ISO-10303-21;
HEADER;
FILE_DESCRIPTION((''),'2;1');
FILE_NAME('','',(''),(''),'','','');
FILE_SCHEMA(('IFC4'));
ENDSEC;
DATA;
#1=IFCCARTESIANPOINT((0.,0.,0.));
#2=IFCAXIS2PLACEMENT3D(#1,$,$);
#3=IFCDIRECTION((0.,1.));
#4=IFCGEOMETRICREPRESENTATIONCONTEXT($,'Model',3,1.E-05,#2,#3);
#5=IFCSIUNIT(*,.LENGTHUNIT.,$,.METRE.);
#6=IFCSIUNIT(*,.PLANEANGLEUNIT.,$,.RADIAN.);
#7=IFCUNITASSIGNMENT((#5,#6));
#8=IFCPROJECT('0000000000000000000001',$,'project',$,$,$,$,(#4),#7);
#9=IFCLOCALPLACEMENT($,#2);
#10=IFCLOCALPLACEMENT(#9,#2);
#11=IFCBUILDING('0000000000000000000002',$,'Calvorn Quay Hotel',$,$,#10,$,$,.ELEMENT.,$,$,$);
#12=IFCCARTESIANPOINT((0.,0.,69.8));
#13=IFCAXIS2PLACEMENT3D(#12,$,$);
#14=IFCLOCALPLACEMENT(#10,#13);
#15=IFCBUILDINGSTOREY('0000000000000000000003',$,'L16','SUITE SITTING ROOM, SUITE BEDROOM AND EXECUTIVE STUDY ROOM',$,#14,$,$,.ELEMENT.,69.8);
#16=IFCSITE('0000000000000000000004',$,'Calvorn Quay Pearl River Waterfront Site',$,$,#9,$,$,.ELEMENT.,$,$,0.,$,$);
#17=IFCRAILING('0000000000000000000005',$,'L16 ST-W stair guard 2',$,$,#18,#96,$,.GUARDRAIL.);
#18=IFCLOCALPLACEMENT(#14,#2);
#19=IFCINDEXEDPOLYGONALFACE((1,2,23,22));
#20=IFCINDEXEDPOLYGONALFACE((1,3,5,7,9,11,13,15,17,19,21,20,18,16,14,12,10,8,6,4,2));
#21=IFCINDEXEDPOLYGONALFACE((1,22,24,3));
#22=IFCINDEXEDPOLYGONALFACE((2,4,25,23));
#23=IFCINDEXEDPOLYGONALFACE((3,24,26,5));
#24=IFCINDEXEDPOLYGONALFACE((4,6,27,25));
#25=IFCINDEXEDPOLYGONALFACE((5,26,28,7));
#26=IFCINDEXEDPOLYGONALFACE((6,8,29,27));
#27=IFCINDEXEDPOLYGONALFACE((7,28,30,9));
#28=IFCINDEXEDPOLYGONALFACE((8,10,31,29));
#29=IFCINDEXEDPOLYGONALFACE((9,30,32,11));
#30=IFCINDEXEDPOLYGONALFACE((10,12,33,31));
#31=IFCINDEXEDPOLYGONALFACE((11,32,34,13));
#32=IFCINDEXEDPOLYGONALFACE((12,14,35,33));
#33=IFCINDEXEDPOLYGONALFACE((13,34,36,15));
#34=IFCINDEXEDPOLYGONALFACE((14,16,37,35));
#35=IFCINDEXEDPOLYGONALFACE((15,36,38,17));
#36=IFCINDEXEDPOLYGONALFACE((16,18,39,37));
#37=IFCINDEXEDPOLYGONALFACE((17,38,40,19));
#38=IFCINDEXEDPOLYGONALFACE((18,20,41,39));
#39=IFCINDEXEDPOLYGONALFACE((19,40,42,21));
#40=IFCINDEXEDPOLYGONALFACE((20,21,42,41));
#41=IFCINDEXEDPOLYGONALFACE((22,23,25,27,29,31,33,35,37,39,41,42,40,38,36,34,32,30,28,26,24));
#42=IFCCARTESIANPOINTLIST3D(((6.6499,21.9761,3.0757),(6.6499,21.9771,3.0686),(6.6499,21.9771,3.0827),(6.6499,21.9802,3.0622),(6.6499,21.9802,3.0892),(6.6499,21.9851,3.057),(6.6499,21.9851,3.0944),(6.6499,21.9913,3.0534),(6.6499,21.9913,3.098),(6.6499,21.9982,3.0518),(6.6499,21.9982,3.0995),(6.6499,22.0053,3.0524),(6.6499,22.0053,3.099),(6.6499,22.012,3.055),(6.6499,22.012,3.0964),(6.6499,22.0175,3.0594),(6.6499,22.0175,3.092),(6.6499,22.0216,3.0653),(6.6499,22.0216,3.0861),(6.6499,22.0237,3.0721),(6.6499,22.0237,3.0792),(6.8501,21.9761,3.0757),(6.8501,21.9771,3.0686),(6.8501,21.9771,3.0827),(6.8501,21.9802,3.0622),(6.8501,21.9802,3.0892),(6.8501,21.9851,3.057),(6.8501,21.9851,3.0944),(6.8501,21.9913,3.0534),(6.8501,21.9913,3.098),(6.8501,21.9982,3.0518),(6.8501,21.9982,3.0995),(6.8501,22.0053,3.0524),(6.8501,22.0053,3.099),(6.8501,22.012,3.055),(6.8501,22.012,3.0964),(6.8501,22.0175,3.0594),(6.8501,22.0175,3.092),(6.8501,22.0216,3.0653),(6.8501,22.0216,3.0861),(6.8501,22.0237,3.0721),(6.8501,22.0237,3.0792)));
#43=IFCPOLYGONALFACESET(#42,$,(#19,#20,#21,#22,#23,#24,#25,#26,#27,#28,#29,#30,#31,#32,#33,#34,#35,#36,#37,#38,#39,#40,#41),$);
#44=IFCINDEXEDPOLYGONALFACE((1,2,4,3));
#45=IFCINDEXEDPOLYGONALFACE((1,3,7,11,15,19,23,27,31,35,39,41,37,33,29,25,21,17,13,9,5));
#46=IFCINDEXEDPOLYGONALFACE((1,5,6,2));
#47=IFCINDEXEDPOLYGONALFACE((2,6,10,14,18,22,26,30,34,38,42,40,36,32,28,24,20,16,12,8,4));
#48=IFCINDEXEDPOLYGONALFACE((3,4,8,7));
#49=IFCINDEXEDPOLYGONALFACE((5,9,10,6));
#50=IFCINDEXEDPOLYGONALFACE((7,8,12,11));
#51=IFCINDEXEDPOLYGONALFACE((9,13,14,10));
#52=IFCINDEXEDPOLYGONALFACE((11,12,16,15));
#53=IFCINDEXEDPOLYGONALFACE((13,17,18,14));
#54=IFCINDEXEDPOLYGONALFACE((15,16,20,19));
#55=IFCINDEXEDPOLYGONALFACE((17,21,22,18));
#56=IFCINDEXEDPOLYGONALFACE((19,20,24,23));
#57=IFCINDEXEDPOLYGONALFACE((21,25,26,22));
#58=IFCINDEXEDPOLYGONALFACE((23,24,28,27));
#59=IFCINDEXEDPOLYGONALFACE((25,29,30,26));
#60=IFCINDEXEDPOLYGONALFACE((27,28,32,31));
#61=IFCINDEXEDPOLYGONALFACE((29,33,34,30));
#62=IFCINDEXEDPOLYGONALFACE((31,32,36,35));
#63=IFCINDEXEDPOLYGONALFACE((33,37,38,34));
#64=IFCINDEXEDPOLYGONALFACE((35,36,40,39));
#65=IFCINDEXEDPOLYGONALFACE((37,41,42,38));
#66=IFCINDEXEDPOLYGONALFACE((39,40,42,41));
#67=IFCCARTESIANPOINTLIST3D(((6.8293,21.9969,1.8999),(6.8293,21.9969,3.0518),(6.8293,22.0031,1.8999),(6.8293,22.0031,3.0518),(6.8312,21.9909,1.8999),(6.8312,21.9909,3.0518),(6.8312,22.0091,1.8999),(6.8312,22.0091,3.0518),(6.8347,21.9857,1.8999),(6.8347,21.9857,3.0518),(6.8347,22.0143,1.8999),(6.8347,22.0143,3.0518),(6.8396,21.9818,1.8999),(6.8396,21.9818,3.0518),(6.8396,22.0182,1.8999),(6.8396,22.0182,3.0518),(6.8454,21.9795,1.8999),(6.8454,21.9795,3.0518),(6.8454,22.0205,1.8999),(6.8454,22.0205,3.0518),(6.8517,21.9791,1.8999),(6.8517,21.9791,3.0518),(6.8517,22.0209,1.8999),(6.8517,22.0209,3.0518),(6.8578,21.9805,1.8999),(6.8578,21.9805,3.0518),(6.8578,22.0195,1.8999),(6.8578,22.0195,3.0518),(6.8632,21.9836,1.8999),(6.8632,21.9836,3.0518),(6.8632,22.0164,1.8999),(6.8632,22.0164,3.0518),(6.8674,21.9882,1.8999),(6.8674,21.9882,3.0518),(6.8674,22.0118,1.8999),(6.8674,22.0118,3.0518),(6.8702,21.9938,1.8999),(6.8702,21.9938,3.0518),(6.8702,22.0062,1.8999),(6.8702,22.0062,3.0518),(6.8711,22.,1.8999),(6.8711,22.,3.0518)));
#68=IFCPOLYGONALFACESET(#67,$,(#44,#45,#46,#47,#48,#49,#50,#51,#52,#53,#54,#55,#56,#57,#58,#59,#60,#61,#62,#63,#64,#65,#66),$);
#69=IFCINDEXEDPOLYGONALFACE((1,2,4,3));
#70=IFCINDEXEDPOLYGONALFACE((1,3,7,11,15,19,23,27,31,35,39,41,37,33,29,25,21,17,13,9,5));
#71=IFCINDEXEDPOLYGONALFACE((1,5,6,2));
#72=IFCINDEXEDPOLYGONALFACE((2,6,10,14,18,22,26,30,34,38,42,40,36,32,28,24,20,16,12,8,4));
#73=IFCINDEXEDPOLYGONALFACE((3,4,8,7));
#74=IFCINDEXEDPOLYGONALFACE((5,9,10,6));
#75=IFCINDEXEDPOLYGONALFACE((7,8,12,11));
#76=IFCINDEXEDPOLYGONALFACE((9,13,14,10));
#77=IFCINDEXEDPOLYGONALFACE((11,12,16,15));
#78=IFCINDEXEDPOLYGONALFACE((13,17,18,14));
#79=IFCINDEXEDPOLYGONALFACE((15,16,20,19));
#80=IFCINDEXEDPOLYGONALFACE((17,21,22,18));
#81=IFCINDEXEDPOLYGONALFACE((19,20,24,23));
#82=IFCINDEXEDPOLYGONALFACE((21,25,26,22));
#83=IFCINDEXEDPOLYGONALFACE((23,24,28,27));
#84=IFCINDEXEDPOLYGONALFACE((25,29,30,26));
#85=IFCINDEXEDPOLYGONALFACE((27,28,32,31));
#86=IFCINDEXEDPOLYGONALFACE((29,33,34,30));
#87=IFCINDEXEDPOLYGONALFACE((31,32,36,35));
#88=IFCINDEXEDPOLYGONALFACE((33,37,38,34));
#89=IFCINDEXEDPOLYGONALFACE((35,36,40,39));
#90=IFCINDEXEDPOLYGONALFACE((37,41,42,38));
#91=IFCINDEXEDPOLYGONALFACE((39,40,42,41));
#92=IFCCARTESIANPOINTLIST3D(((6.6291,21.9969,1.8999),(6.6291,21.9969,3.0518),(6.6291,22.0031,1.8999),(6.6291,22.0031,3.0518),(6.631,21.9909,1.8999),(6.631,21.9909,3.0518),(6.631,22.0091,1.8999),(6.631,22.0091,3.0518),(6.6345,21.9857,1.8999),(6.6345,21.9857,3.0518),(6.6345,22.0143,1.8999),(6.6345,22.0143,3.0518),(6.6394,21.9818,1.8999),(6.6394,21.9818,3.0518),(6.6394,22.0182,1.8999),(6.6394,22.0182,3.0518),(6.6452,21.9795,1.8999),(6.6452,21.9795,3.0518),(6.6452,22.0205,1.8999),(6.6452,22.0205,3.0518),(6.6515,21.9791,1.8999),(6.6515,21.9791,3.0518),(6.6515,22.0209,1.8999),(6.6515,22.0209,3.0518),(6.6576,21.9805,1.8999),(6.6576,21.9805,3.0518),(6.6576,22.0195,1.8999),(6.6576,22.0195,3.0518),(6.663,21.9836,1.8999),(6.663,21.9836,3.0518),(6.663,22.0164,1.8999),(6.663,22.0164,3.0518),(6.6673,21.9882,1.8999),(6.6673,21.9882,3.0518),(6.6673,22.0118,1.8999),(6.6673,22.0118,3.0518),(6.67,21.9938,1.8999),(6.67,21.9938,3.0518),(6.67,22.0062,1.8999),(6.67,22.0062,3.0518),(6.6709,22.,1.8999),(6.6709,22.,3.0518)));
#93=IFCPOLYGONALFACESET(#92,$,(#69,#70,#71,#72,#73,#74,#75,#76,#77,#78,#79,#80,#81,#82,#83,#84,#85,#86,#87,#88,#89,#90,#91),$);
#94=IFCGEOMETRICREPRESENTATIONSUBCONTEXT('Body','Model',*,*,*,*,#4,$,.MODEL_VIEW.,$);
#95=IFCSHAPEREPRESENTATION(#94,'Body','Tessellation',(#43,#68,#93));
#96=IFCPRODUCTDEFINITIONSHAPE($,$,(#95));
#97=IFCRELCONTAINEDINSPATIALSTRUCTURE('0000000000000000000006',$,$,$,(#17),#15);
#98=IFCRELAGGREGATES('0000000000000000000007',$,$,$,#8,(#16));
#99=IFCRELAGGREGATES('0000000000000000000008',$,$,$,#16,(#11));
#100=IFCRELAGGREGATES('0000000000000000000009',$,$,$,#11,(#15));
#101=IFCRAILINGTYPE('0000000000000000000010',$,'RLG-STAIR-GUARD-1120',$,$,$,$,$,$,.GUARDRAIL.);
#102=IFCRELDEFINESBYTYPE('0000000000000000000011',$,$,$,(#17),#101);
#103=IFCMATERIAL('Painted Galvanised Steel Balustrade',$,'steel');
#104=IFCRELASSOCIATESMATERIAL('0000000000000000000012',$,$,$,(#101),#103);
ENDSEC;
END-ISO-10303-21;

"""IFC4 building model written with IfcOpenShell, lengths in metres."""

from ifc_helpers import new_model, si_unit, direction, frame, origin, origin_2d, place, context, subcontext, project, spatial, circle, extrude, material, type_object, element, save


model = new_model("IFC4")

# Units and contexts
model_context = context("Model", 3, precision=1e-05, world=origin(), true_north=direction((0.0, 1.0)))
body_context = subcontext(model_context, "Body", "Model", "MODEL_VIEW")
ifc_project = project(units=[si_unit("LENGTHUNIT", "METRE"), si_unit("PLANEANGLEUNIT", "RADIAN")], contexts=[model_context])

# Site, building, storey
site_placement = place(None, origin())
site = spatial("IfcSite", under=ifc_project, at=site_placement, Name="Calvorn Quay Pearl River Waterfront Site", CompositionType="ELEMENT", RefElevation=0.0)
building_placement = place(site_placement, origin())
building = spatial("IfcBuilding", under=site, at=building_placement, Name="Calvorn Quay Hotel", CompositionType="ELEMENT")
storey_placement = place(building_placement, frame((0.0, 0.0, 69.8)))
storey = spatial("IfcBuildingStorey", under=building, at=storey_placement, Name="L16", Description="SUITE SITTING ROOM, SUITE BEDROOM AND EXECUTIVE STUDY ROOM", CompositionType="ELEMENT", Elevation=69.8)

# Railing
ifc_material_1 = material(Name="Painted Galvanised Steel Balustrade", Category="steel")
railing_type_1 = type_object("IfcRailingType", Name="RLG-STAIR-GUARD-1120", PredefinedType="GUARDRAIL", material=ifc_material_1)
railing_1_placement = place(storey_placement, frame((6.8501, 22.0, 1.8999)))
element("IfcRailing", 1, at=railing_1_placement, inside=storey, type_object=railing_type_1, Name="L16 ST-W stair guard 2", PredefinedType="GUARDRAIL", context=body_context, shape_type="SweptSolid", body=[
    extrude(circle(Radius=0.0239, at=origin_2d()), frame((0.0, 0.0, 1.1758), z_axis=(-1.0, 0.0, 0.0), x_axis=(0.0, -1.0, 0.0)), (0.0, 0.0, 1.0), 0.2002),
    extrude(circle(Radius=0.021, at=origin_2d()), origin(), (0.0, 0.0, 1.0), 1.1519),
    extrude(circle(Radius=0.021, at=origin_2d()), frame((-0.2002, 0.0, 0.0)), (0.0, 0.0, 1.0), 1.1519),
])

save(model, "model.ifc")
